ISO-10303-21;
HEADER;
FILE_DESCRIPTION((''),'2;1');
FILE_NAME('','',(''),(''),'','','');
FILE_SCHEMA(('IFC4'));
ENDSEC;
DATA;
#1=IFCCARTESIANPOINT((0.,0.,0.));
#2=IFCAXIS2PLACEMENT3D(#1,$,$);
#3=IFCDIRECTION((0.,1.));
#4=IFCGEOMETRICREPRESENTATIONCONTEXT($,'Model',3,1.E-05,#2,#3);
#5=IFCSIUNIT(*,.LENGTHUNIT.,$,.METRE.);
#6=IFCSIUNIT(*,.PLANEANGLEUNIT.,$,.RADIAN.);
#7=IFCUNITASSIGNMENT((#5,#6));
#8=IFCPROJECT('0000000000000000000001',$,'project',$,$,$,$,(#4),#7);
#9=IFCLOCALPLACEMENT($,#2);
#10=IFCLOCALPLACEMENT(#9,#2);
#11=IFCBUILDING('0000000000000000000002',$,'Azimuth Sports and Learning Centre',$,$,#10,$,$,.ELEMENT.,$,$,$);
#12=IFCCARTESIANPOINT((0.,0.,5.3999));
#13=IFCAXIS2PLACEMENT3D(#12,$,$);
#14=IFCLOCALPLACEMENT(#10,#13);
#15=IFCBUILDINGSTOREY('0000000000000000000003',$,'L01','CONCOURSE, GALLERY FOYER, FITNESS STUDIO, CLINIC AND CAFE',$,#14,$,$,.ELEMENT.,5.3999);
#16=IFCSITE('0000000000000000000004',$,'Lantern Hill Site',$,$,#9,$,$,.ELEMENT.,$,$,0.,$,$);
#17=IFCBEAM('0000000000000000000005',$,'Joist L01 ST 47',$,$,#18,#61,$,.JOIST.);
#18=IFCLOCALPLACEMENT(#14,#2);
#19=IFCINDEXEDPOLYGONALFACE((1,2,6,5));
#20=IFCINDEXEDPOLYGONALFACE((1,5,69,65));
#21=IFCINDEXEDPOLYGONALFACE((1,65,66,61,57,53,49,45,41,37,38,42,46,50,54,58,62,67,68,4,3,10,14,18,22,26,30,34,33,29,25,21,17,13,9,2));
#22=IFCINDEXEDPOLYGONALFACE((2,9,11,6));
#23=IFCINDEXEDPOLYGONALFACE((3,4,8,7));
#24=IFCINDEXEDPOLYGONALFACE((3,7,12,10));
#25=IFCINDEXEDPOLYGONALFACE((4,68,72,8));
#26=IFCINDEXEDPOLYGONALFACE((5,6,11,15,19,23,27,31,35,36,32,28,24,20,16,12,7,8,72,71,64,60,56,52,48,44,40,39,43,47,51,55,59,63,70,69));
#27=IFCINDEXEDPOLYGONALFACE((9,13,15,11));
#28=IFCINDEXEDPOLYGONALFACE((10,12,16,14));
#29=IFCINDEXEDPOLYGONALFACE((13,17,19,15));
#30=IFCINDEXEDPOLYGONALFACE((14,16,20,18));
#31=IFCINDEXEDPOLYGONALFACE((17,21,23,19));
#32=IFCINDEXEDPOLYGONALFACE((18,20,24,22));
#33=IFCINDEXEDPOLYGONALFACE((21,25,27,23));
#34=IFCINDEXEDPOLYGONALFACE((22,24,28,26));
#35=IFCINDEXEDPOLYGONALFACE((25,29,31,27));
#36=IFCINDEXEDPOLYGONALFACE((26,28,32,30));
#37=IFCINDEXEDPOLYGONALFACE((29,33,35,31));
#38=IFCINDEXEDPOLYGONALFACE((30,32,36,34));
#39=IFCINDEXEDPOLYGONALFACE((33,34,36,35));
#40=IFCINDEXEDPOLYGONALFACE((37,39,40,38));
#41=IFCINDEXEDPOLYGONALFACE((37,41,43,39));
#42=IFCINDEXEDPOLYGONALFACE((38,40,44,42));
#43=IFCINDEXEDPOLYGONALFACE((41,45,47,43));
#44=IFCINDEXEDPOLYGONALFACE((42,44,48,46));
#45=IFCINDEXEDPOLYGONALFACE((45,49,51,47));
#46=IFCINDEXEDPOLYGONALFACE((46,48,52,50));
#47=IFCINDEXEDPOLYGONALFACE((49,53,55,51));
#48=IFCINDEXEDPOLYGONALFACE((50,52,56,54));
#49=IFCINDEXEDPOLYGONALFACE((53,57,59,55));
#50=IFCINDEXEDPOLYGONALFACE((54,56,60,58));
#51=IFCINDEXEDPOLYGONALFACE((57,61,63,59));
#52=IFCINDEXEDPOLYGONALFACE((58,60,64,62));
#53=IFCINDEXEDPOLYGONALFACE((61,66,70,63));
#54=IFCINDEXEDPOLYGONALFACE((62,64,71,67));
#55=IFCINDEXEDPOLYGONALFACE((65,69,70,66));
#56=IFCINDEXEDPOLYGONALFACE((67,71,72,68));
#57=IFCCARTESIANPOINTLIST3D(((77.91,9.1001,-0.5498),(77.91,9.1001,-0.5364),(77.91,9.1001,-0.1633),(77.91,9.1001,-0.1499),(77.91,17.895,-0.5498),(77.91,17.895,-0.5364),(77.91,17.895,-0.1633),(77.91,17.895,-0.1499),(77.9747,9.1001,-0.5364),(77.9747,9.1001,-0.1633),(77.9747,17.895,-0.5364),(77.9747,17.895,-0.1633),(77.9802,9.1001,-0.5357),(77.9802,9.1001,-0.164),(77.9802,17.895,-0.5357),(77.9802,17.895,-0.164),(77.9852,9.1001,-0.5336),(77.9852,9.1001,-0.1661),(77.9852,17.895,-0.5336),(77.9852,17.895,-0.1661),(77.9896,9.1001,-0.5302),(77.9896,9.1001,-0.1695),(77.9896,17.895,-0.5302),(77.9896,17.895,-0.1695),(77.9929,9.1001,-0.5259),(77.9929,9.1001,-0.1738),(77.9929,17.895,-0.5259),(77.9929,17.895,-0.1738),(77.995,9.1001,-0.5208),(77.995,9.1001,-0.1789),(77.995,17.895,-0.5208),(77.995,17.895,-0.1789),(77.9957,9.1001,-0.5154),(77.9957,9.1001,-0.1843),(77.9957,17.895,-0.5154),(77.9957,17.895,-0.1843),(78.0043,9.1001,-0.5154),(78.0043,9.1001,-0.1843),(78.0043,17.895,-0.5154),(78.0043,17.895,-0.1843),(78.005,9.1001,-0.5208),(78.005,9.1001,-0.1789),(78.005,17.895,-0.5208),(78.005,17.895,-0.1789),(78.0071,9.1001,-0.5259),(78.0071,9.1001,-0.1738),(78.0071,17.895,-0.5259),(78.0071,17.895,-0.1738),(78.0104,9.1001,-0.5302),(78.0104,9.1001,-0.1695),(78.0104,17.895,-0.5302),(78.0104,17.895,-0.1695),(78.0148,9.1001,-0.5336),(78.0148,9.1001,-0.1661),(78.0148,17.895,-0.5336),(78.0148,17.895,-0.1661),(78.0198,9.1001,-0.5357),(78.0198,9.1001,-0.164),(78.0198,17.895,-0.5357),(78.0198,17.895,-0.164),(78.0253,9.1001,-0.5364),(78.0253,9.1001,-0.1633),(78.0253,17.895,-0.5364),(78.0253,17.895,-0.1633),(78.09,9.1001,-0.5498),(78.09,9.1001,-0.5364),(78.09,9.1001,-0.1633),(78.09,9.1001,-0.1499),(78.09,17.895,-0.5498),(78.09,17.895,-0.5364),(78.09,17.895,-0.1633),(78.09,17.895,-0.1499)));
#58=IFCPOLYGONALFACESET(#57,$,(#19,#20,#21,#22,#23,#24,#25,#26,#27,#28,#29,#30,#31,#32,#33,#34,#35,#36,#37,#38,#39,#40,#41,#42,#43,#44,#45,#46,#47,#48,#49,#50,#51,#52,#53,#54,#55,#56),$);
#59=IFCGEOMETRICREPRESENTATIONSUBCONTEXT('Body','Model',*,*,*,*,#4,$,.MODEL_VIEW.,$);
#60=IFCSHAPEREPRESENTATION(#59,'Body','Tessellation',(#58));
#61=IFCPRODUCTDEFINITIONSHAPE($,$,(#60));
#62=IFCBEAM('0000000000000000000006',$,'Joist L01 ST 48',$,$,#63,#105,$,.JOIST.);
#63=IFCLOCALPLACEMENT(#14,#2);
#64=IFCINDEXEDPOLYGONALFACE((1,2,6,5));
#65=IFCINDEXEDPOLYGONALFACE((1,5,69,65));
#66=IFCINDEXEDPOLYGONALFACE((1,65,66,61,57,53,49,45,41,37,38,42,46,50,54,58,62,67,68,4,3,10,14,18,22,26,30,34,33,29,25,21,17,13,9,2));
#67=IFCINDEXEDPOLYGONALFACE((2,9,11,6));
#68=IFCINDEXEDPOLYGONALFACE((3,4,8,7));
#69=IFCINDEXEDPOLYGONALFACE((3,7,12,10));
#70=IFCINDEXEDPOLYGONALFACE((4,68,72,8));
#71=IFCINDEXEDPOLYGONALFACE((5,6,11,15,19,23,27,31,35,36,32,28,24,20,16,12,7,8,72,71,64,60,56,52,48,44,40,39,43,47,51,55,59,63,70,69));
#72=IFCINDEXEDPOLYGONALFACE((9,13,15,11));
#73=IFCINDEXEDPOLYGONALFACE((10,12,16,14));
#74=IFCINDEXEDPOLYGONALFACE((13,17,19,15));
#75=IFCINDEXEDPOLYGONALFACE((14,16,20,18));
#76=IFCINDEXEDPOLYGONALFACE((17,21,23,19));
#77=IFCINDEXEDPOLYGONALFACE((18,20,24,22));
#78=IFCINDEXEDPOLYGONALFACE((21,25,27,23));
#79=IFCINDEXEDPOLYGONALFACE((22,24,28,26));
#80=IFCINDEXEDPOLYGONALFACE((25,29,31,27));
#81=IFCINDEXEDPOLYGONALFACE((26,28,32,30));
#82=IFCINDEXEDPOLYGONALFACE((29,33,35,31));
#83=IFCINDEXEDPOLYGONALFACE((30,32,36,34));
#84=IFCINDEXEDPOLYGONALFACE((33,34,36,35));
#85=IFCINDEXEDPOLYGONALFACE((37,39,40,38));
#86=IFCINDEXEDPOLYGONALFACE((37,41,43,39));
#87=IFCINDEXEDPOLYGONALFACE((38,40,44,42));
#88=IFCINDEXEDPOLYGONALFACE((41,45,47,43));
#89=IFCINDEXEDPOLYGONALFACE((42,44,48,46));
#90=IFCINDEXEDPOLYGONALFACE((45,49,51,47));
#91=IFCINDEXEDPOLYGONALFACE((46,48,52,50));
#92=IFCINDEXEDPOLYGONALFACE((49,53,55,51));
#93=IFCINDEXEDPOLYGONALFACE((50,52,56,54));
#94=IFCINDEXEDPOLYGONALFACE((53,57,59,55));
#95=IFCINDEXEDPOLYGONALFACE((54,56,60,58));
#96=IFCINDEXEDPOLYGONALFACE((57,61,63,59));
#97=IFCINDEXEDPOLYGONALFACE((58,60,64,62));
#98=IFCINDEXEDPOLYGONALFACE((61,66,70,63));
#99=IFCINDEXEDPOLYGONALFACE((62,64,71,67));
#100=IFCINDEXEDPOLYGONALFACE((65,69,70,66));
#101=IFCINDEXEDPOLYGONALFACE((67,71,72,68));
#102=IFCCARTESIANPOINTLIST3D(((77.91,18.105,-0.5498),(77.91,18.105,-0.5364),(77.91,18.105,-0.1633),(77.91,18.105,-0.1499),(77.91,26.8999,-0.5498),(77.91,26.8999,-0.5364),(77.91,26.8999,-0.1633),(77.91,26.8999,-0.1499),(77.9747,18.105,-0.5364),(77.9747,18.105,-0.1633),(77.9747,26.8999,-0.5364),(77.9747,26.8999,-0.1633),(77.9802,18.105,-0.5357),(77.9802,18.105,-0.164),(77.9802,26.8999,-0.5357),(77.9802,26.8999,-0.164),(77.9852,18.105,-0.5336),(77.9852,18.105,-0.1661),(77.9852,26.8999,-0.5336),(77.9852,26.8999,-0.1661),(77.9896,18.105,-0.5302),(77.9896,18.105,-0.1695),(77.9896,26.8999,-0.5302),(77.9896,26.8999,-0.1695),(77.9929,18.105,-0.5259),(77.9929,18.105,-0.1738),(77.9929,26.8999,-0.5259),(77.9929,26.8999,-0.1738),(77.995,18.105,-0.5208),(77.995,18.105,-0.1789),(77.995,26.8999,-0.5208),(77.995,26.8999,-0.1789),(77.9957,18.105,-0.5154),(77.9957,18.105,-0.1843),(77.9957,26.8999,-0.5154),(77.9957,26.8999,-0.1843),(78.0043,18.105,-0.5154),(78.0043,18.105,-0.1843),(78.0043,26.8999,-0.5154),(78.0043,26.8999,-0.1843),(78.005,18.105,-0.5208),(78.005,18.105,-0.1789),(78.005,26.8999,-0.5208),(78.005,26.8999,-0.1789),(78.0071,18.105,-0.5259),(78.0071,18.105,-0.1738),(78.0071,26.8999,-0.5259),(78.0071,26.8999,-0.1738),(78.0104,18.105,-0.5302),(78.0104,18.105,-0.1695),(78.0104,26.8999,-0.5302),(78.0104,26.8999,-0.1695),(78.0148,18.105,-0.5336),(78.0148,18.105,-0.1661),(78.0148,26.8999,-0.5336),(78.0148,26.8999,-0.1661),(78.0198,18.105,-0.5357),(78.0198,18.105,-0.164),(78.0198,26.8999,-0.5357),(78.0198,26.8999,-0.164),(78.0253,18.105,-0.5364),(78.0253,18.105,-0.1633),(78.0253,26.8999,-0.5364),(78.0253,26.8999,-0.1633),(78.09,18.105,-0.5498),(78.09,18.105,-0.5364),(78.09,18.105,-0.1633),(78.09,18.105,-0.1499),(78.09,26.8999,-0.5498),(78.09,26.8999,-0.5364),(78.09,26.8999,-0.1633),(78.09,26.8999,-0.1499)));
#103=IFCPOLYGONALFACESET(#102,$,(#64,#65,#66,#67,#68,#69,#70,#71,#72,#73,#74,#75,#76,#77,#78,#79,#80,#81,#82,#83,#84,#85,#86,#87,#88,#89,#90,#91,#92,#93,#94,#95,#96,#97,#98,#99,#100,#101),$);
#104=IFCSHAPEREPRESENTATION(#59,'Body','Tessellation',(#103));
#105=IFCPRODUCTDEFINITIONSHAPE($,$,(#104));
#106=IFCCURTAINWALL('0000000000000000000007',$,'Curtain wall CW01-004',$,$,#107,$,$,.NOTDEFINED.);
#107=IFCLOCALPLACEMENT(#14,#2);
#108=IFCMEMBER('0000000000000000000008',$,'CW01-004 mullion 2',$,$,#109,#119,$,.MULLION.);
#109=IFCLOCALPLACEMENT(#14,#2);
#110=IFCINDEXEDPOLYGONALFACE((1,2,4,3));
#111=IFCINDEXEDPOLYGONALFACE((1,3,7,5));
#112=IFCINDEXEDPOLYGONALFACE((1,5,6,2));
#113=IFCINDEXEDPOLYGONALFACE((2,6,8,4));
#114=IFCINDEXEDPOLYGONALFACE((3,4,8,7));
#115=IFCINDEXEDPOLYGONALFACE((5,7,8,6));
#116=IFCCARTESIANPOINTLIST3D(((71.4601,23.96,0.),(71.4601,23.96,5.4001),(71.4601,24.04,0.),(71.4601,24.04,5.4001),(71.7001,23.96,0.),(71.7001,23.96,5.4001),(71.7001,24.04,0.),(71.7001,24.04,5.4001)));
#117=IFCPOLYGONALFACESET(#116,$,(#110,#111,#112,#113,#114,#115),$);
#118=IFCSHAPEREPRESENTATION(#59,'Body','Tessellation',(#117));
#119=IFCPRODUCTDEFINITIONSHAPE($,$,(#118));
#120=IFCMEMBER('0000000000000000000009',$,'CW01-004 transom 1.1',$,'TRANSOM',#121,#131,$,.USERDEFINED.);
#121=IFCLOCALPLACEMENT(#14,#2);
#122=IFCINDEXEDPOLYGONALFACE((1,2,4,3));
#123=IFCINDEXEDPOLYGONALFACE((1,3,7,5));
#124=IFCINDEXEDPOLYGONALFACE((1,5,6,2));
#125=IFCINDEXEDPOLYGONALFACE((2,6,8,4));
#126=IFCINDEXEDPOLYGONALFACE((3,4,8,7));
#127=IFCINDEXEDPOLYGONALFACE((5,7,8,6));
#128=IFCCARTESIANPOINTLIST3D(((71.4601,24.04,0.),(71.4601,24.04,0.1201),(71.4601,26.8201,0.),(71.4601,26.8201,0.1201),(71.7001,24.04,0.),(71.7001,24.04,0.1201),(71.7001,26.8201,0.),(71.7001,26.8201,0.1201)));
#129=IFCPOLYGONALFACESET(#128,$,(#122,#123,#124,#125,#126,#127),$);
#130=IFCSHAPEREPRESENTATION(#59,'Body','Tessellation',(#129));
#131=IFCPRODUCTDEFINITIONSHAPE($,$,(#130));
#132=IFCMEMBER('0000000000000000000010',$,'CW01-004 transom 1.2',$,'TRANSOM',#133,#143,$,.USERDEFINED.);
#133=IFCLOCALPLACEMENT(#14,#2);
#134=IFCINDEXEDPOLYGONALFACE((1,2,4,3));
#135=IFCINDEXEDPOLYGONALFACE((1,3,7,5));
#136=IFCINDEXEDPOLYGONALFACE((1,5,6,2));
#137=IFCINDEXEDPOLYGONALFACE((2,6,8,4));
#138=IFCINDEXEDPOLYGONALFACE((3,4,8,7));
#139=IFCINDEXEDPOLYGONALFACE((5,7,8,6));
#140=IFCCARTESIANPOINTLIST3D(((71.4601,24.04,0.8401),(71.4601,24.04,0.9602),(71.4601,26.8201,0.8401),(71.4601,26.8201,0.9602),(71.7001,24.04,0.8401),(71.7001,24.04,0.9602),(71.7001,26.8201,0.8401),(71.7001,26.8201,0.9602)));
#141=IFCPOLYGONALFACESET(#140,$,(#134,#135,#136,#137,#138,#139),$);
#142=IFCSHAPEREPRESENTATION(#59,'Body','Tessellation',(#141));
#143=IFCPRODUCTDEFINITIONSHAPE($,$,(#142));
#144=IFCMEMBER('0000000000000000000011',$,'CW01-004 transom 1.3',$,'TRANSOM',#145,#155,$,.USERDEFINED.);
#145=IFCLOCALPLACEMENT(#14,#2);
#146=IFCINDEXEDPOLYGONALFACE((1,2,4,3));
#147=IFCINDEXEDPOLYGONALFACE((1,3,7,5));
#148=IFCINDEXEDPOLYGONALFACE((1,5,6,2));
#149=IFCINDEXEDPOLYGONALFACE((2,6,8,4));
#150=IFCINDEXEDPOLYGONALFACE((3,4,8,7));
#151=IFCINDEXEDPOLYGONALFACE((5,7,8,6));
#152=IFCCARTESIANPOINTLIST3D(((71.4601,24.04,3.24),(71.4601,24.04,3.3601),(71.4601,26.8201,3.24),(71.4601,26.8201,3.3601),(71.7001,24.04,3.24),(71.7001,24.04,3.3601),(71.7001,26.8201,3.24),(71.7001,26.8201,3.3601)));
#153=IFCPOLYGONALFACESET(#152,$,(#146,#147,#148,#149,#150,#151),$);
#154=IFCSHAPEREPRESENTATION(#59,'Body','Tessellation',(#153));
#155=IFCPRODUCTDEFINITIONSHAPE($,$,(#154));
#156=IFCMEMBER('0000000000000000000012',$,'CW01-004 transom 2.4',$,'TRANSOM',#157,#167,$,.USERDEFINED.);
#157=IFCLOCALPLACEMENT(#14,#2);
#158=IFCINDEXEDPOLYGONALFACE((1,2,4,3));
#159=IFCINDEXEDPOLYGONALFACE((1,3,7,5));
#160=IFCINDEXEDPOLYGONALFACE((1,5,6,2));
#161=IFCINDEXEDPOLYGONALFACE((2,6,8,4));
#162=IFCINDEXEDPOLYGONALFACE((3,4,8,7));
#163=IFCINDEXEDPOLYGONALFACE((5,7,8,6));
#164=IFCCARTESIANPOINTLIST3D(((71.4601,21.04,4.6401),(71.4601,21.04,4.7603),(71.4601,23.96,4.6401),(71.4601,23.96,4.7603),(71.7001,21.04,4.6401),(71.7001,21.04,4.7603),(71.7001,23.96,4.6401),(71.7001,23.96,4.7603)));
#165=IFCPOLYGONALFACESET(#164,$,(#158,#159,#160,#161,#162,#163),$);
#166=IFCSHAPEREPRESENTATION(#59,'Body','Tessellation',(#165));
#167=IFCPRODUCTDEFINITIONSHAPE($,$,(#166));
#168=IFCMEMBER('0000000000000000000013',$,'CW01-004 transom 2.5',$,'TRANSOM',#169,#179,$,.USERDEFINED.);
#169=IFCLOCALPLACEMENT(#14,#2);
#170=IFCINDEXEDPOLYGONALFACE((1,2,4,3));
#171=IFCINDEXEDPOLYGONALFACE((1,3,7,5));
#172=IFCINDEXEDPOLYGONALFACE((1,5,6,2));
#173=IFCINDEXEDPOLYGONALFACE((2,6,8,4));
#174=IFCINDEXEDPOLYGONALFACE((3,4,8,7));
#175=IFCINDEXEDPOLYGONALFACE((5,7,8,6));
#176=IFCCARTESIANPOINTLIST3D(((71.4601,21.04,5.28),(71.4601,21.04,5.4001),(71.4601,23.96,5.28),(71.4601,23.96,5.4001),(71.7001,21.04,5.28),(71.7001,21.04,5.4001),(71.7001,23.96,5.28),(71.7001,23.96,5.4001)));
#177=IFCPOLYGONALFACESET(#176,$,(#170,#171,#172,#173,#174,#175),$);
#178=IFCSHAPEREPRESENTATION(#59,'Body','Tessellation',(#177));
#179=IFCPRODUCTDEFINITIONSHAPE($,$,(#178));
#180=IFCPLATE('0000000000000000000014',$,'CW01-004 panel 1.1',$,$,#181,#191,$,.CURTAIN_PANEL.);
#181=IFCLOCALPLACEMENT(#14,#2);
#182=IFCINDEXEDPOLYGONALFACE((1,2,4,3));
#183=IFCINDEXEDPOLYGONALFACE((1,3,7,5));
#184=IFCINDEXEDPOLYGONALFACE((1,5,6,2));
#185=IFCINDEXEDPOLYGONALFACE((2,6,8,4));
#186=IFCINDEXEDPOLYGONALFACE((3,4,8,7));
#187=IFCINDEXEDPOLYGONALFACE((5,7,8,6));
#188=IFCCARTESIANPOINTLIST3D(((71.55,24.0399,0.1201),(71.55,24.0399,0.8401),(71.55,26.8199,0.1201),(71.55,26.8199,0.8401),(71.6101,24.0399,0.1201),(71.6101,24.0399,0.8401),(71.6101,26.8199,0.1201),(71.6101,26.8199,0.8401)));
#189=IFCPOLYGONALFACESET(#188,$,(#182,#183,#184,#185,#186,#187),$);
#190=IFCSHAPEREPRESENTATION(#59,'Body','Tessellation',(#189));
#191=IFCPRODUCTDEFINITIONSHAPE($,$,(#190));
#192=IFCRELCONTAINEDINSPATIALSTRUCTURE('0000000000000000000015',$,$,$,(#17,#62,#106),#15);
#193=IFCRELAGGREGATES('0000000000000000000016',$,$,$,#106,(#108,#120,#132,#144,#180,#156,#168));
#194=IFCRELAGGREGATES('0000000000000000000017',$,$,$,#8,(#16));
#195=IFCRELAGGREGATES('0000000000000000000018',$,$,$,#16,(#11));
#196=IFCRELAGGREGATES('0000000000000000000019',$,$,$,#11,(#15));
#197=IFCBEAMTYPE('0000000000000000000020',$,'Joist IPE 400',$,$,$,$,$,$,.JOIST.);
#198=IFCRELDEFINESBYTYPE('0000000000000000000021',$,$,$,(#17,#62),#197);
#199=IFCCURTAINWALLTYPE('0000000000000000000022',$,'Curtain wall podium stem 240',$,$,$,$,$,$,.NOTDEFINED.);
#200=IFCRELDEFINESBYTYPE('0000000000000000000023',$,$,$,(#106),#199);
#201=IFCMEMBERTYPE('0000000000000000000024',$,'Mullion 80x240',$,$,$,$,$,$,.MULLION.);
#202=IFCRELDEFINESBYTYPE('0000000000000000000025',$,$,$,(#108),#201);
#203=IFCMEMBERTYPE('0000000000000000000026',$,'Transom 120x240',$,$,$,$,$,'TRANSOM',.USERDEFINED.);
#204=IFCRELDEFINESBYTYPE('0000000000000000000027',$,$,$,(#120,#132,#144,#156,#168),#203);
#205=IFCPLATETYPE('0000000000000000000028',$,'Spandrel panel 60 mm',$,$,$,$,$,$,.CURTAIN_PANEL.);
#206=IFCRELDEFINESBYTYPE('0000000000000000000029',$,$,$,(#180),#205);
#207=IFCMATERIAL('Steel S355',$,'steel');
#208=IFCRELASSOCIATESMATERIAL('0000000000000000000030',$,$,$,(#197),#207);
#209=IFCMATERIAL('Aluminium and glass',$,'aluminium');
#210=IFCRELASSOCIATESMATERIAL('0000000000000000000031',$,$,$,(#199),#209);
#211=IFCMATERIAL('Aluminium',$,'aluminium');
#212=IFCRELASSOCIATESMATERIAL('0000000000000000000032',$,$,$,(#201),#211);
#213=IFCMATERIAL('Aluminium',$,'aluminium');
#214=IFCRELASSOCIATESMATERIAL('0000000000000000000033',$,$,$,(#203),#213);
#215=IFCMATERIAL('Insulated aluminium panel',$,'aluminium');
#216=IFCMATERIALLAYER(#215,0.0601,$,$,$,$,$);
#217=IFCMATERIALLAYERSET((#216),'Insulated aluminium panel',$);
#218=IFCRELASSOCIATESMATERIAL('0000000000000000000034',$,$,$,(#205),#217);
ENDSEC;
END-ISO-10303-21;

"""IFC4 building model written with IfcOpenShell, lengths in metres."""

from ifc_helpers import new_model, si_unit, direction, frame, origin, origin_2d, place, context, subcontext, project, spatial, rectangle, i_section, extrude, material, layer, layer_set, material_profile, profile_set, type_object, element, aggregate, save


model = new_model("IFC4")

# Units and contexts
model_context = context("Model", 3, precision=1e-05, world=origin(), true_north=direction((0.0, 1.0)))
body_context = subcontext(model_context, "Body", "Model", "MODEL_VIEW")
ifc_project = project(units=[si_unit("LENGTHUNIT", "METRE"), si_unit("PLANEANGLEUNIT", "RADIAN")], contexts=[model_context])

# Site, building, storey
site_placement = place(None, origin())
site = spatial("IfcSite", under=ifc_project, at=site_placement, Name="Lantern Hill Site", CompositionType="ELEMENT", RefElevation=0.0)
building_placement = place(site_placement, origin())
building = spatial("IfcBuilding", under=site, at=building_placement, Name="Azimuth Sports and Learning Centre", CompositionType="ELEMENT")
storey_placement = place(building_placement, frame((0.0, 0.0, 5.3999)))
storey = spatial("IfcBuildingStorey", under=building, at=storey_placement, Name="L01", Description="CONCOURSE, GALLERY FOYER, FITNESS STUDIO, CLINIC AND CAFE", CompositionType="ELEMENT", Elevation=5.3999)

# Beams
ifc_material_1 = material(Name="Steel S355", Category="steel")
ifc_material_profile_1 = material_profile(ifc_material_1, i_section(OverallWidth=0.1799, OverallDepth=0.3999, WebThickness=0.0085, FlangeThickness=0.0134, FilletRadius=0.021, at=origin_2d()), Name="IPE 400")
ifc_profile_set_1 = profile_set([ifc_material_profile_1], Name="Steel S355")
beam_type_1 = type_object("IfcBeamType", Name="Joist IPE 400", PredefinedType="JOIST", material=ifc_profile_set_1)
for number, where, z_axis, x_axis, name in (
    (1, (78.0, 9.1001, -0.3499), (0.0, 1.0, 0.0), (-1.0, 0.0, 0.0), "Joist L01 ST 47"),
    (2, (78.0, 18.105, -0.3499), (0.0, 1.0, 0.0), (-1.0, 0.0, 0.0), "Joist L01 ST 48"),
):
    element("IfcBeam", number, at=place(storey_placement, frame(where, z_axis=z_axis, x_axis=x_axis)), inside=storey, type_object=beam_type_1, Name=name, PredefinedType="JOIST", context=body_context, shape_type="SweptSolid", body=[
        extrude(i_section(OverallWidth=0.1799, OverallDepth=0.3999, WebThickness=0.0085, FlangeThickness=0.0134, FilletRadius=0.021, at=origin_2d()), origin(), (0.0, 0.0, 1.0), 8.7949),
    ])

# Curtain wall, members, plate
ifc_material_2 = material(Name="Aluminium and glass", Category="aluminium")
curtain_wall_type = type_object("IfcCurtainWallType", Name="Curtain wall podium stem 240", PredefinedType="NOTDEFINED", material=ifc_material_2)
curtain_wall_placement = place(storey_placement, origin())
curtain_wall = element("IfcCurtainWall", 3, at=curtain_wall_placement, inside=storey, type_object=curtain_wall_type, Name="Curtain wall CW01-004", PredefinedType="NOTDEFINED")
ifc_material_3 = material(Name="Aluminium", Category="aluminium")
ifc_material_profile_2 = material_profile(ifc_material_3, rectangle(XDim=0.24, YDim=0.0801, at=origin_2d()), Name="Mullion 80x240")
ifc_profile_set_2 = profile_set([ifc_material_profile_2], Name="Aluminium")
member_type_1 = type_object("IfcMemberType", Name="Mullion 80x240", PredefinedType="MULLION", material=ifc_profile_set_2)
member_1_placement = place(storey_placement, frame((71.5801, 24.0, 0.0), z_axis=(0.0, 0.0, 1.0), x_axis=(1.0, 0.0, 0.0)))
member_1 = element("IfcMember", 4, at=member_1_placement, type_object=member_type_1, Name="CW01-004 mullion 2", PredefinedType="MULLION", context=body_context, shape_type="SweptSolid", body=[
    extrude(rectangle(XDim=0.24, YDim=0.0801, at=origin_2d()), origin(), (0.0, 0.0, 1.0), 5.4001),
])
ifc_material_4 = material(Name="Aluminium", Category="aluminium")
ifc_material_profile_3 = material_profile(ifc_material_4, rectangle(XDim=0.24, YDim=0.1201, at=origin_2d()), Name="Transom 120x240")
ifc_profile_set_3 = profile_set([ifc_material_profile_3], Name="Aluminium")
member_type_2 = type_object("IfcMemberType", Name="Transom 120x240", ElementType="TRANSOM", PredefinedType="USERDEFINED", material=ifc_profile_set_3)
member_2_placement = place(storey_placement, frame((71.5801, 26.8201, 0.0601), z_axis=(0.0, -1.0, 0.0), x_axis=(1.0, 0.0, 0.0)))
member_2 = element("IfcMember", 5, at=member_2_placement, type_object=member_type_2, Name="CW01-004 transom 1.1", ObjectType="TRANSOM", PredefinedType="USERDEFINED", context=body_context, shape_type="SweptSolid", body=[
    extrude(rectangle(XDim=0.24, YDim=0.1201, at=origin_2d()), origin(), (0.0, 0.0, 1.0), 2.78),
])
member_3_placement = place(storey_placement, frame((71.5801, 26.8201, 0.9001), z_axis=(0.0, -1.0, 0.0), x_axis=(1.0, 0.0, 0.0)))
member_3 = element("IfcMember", 6, at=member_3_placement, type_object=member_type_2, Name="CW01-004 transom 1.2", ObjectType="TRANSOM", PredefinedType="USERDEFINED", context=body_context, shape_type="SweptSolid", body=[
    extrude(rectangle(XDim=0.24, YDim=0.1201, at=origin_2d()), origin(), (0.0, 0.0, 1.0), 2.78),
])
member_4_placement = place(storey_placement, frame((71.5801, 26.8201, 3.3), z_axis=(0.0, -1.0, 0.0), x_axis=(1.0, 0.0, 0.0)))
member_4 = element("IfcMember", 7, at=member_4_placement, type_object=member_type_2, Name="CW01-004 transom 1.3", ObjectType="TRANSOM", PredefinedType="USERDEFINED", context=body_context, shape_type="SweptSolid", body=[
    extrude(rectangle(XDim=0.24, YDim=0.1201, at=origin_2d()), origin(), (0.0, 0.0, 1.0), 2.78),
])
member_5_placement = place(storey_placement, frame((71.5801, 23.96, 4.7002), z_axis=(0.0, -1.0, 0.0), x_axis=(1.0, 0.0, 0.0)))
member_5 = element("IfcMember", 8, at=member_5_placement, type_object=member_type_2, Name="CW01-004 transom 2.4", ObjectType="TRANSOM", PredefinedType="USERDEFINED", context=body_context, shape_type="SweptSolid", body=[
    extrude(rectangle(XDim=0.24, YDim=0.1201, at=origin_2d()), origin(), (0.0, 0.0, 1.0), 2.9199),
])
member_6_placement = place(storey_placement, frame((71.5801, 23.96, 5.3401), z_axis=(0.0, -1.0, 0.0), x_axis=(1.0, 0.0, 0.0)))
member_6 = element("IfcMember", 9, at=member_6_placement, type_object=member_type_2, Name="CW01-004 transom 2.5", ObjectType="TRANSOM", PredefinedType="USERDEFINED", context=body_context, shape_type="SweptSolid", body=[
    extrude(rectangle(XDim=0.24, YDim=0.1201, at=origin_2d()), origin(), (0.0, 0.0, 1.0), 2.9199),
])
ifc_material_5 = material(Name="Insulated aluminium panel", Category="aluminium")
ifc_layer_1 = layer(ifc_material_5, 0.0601)
ifc_layer_set_1 = layer_set([ifc_layer_1], Name="Insulated aluminium panel")
plate_type_1 = type_object("IfcPlateType", Name="Spandrel panel 60 mm", PredefinedType="CURTAIN_PANEL", material=ifc_layer_set_1)
plate_1_placement = place(storey_placement, frame((71.5801, 25.4299, 0.1201), z_axis=(0.0, 0.0, 1.0), x_axis=(0.0, -1.0, 0.0)))
plate_1 = element("IfcPlate", 10, at=plate_1_placement, type_object=plate_type_1, Name="CW01-004 panel 1.1", PredefinedType="CURTAIN_PANEL", context=body_context, shape_type="SweptSolid", body=[
    extrude(rectangle(XDim=2.78, YDim=0.0601, at=origin_2d()), origin(), (0.0, 0.0, 1.0), 0.72),
])
aggregate(curtain_wall, [member_1, member_2, member_3, member_4, plate_1, member_5, member_6])

save(model, "model.ifc")
